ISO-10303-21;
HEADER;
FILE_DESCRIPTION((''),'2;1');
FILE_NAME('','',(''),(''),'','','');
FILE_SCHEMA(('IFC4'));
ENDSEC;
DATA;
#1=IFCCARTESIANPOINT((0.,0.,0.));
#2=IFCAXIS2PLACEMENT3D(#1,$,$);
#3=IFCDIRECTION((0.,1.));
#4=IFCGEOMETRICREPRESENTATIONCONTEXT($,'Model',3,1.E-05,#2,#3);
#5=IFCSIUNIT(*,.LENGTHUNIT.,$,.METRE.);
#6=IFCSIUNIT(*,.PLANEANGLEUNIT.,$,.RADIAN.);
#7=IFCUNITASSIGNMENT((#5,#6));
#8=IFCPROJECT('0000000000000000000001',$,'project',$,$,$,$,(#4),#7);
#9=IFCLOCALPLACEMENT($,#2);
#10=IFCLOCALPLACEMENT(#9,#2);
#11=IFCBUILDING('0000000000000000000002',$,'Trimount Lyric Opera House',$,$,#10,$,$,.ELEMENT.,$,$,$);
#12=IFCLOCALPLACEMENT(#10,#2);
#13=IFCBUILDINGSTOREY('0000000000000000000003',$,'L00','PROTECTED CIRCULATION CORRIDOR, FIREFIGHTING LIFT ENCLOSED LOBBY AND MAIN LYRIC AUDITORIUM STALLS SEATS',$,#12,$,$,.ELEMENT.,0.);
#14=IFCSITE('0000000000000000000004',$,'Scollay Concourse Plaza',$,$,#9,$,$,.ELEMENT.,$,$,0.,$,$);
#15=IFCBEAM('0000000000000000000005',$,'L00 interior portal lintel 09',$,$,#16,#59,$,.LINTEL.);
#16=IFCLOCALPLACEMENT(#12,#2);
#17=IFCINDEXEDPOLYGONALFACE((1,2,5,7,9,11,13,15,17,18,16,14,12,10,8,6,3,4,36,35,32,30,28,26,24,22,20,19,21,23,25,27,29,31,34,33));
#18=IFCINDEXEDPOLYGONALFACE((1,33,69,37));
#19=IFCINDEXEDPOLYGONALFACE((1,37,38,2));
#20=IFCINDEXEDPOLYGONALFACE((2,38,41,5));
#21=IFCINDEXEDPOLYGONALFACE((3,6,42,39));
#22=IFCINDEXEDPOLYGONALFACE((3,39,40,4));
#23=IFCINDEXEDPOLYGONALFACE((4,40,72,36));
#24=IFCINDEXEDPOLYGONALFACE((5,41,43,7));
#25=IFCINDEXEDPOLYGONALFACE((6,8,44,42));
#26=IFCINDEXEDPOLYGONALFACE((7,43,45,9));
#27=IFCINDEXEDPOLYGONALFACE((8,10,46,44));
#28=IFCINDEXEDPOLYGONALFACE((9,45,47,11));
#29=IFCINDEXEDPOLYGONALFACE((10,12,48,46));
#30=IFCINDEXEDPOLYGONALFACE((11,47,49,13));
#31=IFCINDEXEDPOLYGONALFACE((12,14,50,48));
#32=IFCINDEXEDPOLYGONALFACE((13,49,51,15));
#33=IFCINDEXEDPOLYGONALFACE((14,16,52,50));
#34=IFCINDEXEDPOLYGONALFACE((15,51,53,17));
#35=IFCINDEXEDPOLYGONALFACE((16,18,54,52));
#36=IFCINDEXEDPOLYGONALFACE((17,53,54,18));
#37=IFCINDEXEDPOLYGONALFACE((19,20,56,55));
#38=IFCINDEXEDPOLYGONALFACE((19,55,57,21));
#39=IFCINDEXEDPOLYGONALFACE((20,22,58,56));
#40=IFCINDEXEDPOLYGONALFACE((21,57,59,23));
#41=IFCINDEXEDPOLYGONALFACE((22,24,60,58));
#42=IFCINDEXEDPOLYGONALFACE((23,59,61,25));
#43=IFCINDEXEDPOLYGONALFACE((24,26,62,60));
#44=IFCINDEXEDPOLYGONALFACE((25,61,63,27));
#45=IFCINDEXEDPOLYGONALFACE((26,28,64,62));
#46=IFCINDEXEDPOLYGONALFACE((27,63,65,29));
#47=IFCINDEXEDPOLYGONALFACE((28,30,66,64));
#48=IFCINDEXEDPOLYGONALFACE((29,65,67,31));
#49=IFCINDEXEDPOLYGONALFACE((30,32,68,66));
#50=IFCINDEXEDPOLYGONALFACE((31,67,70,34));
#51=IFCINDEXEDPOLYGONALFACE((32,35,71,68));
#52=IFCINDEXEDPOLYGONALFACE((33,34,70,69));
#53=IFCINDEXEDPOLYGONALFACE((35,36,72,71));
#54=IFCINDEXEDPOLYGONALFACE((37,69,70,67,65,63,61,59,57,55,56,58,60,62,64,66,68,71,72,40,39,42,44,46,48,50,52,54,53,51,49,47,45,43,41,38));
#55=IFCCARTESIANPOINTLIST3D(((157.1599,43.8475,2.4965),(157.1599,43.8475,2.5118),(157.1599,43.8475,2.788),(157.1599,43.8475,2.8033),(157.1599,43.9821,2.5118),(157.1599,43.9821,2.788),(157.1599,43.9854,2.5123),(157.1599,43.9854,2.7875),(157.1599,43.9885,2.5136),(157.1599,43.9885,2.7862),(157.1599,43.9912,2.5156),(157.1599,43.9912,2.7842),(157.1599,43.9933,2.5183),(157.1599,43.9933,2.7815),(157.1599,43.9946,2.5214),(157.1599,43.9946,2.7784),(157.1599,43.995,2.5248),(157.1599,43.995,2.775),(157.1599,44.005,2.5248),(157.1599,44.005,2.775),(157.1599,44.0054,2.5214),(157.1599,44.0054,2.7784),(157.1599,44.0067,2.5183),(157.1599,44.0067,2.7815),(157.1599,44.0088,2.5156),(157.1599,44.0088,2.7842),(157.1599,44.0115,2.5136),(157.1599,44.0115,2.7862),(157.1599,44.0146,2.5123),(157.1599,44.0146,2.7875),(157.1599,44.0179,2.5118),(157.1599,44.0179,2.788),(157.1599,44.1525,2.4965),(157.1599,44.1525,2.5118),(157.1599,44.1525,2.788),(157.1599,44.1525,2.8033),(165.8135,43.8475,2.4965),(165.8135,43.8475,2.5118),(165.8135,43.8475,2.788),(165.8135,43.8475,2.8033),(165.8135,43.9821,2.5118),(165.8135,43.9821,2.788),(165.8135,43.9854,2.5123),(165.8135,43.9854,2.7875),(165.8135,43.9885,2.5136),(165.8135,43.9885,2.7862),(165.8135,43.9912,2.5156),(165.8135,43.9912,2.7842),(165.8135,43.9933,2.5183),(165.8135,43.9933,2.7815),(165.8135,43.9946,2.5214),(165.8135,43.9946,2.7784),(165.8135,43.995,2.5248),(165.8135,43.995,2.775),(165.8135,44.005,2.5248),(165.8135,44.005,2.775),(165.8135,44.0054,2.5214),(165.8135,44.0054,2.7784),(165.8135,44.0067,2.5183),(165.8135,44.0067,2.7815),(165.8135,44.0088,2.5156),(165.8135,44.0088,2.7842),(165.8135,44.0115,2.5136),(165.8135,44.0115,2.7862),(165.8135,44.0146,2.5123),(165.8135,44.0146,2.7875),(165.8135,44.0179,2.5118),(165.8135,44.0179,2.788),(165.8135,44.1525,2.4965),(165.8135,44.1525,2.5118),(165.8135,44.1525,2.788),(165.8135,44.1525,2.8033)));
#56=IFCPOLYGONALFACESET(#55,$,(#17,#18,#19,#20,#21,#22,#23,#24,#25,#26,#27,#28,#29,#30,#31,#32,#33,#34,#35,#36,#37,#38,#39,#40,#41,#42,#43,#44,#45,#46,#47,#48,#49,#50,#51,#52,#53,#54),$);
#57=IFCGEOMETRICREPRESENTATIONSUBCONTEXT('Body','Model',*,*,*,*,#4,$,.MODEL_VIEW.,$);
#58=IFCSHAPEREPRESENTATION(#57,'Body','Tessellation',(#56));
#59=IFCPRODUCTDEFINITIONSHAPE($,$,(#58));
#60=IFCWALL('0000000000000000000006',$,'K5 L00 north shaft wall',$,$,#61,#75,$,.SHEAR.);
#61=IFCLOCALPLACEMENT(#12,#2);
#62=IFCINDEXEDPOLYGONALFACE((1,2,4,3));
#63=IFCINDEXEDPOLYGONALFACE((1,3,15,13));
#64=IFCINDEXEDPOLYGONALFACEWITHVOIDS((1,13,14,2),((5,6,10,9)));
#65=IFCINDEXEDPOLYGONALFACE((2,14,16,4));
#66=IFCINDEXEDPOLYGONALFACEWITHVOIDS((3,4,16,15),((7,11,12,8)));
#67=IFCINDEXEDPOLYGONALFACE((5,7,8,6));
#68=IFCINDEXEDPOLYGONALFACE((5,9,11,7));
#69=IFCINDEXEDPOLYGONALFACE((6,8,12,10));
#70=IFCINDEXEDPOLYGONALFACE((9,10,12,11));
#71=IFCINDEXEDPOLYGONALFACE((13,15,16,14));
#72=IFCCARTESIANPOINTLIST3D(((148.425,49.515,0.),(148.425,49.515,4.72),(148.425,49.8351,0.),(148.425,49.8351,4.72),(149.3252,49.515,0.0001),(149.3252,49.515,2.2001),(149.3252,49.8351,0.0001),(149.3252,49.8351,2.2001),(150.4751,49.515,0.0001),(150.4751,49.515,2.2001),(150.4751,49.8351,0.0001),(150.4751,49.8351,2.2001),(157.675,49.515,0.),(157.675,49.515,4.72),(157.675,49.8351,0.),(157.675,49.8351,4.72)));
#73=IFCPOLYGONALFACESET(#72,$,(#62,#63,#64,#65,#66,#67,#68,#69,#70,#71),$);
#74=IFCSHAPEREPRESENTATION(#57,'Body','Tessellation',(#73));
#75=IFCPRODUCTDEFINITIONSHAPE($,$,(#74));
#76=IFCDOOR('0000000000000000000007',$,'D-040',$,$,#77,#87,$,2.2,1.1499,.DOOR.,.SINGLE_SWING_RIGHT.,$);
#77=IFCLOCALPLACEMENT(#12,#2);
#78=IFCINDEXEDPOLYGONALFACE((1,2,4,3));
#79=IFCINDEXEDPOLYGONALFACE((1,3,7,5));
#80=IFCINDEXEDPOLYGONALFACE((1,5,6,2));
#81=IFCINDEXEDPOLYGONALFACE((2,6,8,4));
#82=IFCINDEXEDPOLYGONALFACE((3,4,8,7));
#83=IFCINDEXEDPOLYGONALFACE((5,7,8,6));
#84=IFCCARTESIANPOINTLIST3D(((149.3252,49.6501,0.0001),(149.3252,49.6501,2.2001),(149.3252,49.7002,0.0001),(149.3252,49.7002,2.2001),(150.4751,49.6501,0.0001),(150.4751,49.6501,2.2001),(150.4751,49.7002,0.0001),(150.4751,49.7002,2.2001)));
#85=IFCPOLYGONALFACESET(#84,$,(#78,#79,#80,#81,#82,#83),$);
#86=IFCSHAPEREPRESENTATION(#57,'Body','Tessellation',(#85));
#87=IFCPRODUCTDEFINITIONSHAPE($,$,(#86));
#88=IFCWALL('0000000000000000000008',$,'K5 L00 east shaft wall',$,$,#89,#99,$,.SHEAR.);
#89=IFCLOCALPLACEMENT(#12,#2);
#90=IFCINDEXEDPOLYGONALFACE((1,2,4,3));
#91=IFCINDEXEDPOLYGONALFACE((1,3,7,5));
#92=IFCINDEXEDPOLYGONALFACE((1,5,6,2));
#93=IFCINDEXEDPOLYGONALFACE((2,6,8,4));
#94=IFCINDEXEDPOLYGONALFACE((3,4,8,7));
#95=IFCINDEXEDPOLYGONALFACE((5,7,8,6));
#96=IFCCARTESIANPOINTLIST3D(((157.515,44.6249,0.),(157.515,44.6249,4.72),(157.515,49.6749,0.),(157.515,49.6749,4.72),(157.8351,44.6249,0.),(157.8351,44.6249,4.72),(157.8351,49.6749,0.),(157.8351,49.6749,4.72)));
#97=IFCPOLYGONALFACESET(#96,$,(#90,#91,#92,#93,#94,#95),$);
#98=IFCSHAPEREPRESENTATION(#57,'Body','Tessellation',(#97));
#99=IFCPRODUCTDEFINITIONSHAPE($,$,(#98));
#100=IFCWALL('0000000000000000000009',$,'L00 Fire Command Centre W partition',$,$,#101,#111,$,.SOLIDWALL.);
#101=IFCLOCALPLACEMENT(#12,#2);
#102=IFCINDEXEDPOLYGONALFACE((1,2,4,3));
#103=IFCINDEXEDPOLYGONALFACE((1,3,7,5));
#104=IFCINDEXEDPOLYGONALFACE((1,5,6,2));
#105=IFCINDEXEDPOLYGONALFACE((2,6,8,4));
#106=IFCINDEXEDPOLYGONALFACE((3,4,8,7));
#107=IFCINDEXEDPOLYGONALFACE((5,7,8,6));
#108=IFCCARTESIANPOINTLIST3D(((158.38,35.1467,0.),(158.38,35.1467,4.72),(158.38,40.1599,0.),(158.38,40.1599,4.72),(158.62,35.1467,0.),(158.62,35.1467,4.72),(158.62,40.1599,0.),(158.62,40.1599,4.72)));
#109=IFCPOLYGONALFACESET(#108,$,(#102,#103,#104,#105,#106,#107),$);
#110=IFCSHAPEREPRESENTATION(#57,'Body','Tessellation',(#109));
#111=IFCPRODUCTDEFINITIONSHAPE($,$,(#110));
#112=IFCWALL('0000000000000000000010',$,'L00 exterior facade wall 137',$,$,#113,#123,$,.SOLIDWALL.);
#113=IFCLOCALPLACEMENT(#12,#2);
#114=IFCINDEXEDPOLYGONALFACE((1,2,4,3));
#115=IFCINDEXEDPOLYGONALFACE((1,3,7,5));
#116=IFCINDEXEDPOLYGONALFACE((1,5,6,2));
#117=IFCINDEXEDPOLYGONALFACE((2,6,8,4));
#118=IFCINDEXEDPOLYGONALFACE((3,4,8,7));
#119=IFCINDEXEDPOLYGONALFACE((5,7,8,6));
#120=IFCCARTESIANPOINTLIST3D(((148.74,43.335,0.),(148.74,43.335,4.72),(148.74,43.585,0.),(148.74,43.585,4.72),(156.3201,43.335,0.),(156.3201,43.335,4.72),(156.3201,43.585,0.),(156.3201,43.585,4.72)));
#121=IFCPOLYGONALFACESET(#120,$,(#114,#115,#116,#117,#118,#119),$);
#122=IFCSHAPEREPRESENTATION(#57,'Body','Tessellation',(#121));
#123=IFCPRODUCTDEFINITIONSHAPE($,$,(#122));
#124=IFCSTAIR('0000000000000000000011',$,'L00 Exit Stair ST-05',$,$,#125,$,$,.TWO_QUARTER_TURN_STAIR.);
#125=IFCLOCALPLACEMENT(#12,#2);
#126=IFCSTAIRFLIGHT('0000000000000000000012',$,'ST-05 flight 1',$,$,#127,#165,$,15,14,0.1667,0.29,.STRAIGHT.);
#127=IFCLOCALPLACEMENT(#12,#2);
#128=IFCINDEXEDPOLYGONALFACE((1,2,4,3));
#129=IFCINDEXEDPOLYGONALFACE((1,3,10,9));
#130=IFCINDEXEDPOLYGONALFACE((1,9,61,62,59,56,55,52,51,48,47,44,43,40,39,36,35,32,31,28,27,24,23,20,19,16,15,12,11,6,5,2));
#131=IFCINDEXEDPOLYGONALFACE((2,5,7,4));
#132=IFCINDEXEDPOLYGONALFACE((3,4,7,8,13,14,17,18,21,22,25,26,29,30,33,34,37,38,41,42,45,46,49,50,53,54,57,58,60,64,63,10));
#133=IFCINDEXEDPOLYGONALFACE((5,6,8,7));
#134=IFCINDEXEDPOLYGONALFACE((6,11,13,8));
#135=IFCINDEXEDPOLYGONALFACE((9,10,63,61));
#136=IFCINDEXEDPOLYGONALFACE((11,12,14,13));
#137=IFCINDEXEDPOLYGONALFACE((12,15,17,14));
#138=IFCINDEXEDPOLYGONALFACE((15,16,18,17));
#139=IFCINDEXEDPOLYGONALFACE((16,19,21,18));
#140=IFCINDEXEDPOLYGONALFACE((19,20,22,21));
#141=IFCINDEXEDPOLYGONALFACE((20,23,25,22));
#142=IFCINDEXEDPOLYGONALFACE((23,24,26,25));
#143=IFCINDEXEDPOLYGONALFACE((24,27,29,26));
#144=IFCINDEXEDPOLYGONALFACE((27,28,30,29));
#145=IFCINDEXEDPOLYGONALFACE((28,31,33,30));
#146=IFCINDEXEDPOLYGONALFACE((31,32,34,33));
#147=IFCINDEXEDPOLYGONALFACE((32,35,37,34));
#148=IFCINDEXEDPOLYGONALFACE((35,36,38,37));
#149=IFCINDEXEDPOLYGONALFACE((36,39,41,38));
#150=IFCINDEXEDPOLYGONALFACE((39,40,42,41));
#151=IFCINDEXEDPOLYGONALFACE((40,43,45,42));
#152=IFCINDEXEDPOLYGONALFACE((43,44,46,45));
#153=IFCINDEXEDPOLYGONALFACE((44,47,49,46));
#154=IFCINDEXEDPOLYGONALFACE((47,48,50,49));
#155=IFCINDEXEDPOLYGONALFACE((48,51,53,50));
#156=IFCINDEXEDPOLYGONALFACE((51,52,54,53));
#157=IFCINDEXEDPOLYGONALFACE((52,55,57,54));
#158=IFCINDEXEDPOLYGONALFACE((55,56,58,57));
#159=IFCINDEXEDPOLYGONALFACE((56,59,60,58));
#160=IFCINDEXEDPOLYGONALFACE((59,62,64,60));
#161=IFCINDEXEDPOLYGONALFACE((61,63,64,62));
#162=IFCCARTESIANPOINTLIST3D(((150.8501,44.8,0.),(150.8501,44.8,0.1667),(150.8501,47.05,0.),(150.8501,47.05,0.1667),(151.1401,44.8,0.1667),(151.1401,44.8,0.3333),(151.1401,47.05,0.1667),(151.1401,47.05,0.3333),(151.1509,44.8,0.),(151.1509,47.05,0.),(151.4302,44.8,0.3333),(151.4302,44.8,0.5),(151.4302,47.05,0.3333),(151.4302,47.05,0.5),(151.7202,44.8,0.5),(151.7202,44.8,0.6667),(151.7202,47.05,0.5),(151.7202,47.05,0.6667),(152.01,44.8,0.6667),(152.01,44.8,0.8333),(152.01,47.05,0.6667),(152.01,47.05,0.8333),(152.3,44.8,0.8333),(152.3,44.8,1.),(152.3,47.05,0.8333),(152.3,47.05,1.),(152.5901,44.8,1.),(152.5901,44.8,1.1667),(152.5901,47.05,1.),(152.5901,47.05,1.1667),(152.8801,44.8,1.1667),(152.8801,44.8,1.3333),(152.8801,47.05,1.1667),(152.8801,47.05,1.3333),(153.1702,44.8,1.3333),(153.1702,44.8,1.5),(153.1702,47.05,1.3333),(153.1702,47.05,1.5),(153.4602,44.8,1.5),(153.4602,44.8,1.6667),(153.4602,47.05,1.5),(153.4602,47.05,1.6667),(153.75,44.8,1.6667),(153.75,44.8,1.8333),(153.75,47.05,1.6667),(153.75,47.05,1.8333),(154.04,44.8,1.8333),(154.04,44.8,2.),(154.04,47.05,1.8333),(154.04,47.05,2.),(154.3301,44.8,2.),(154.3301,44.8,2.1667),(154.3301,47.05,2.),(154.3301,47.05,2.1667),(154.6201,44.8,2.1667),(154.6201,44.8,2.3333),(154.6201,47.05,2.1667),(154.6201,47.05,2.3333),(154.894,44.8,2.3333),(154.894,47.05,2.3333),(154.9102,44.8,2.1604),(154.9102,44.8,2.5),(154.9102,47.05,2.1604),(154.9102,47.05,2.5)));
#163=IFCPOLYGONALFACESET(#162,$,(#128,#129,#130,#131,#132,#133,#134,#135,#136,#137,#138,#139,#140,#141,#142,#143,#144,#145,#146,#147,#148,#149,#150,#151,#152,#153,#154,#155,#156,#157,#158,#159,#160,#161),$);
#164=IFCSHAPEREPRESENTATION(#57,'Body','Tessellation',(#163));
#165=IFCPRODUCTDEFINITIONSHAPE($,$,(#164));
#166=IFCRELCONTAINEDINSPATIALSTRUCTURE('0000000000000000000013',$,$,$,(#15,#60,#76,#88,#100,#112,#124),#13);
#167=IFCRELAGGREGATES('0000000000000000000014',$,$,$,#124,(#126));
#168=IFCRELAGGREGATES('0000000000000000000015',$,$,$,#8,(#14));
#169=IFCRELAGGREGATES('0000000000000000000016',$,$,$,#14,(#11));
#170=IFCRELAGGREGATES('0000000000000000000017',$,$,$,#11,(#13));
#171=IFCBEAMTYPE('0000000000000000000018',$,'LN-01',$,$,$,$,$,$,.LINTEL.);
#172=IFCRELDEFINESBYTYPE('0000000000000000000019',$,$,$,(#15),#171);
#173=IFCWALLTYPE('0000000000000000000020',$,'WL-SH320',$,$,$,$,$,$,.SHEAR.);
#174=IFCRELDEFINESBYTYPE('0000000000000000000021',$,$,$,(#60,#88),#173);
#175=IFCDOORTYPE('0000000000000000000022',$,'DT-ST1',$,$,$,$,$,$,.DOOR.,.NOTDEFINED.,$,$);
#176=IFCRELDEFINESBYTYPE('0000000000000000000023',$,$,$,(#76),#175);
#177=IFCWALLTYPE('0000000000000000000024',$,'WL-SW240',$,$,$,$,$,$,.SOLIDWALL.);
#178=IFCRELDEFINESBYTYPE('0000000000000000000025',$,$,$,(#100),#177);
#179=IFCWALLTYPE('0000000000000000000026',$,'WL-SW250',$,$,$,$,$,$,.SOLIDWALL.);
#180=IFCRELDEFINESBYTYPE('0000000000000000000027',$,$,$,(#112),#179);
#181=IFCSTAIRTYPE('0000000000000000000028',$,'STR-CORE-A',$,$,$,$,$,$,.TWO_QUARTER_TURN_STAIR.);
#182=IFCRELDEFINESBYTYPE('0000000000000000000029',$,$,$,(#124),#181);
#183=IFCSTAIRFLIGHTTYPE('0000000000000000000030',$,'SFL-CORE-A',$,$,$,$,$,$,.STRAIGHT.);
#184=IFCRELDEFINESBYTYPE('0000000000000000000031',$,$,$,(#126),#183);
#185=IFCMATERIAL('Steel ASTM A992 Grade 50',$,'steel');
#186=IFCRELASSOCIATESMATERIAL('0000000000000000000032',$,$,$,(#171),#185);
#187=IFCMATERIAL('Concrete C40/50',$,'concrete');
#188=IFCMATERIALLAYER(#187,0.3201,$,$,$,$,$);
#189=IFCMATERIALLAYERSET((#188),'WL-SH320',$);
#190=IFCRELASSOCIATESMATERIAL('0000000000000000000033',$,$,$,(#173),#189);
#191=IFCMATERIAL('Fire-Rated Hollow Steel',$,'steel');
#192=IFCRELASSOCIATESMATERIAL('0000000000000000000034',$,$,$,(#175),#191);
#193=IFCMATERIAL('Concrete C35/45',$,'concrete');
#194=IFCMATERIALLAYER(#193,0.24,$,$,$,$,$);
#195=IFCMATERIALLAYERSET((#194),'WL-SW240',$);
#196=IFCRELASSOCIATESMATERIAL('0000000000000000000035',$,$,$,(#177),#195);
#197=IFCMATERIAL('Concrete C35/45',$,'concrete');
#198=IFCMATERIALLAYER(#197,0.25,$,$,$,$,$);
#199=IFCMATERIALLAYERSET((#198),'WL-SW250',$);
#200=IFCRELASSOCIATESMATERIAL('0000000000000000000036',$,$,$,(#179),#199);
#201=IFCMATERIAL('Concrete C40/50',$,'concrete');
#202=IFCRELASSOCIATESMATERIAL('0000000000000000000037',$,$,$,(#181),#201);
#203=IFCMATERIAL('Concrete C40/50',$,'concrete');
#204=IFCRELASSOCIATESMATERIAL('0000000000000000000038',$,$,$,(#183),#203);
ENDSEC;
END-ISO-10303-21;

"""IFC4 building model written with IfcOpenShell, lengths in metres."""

from ifc_helpers import new_model, si_unit, direction, frame, frame_2d, origin, origin_2d, place, context, subcontext, project, spatial, polyline, rectangle, i_section, outline, extrude, material, layer, layer_set, material_profile, profile_set, type_object, element, fill, aggregate, save


model = new_model("IFC4")

# Units and contexts
model_context = context("Model", 3, precision=1e-05, world=origin(), true_north=direction((0.0, 1.0)))
body_context = subcontext(model_context, "Body", "Model", "MODEL_VIEW")
ifc_project = project(units=[si_unit("LENGTHUNIT", "METRE"), si_unit("PLANEANGLEUNIT", "RADIAN")], contexts=[model_context])

# Site, building, storey
site_placement = place(None, origin())
site = spatial("IfcSite", under=ifc_project, at=site_placement, Name="Scollay Concourse Plaza", CompositionType="ELEMENT", RefElevation=0.0)
building_placement = place(site_placement, origin())
building = spatial("IfcBuilding", under=site, at=building_placement, Name="Trimount Lyric Opera House", CompositionType="ELEMENT")
storey_placement = place(building_placement, origin())
storey = spatial("IfcBuildingStorey", under=building, at=storey_placement, Name="L00", Description="PROTECTED CIRCULATION CORRIDOR, FIREFIGHTING LIFT ENCLOSED LOBBY AND MAIN LYRIC AUDITORIUM STALLS SEATS", CompositionType="ELEMENT", Elevation=0.0)

# Beam
ifc_material_1 = material(Name="Steel ASTM A992 Grade 50", Category="steel")
ifc_material_profile_1 = material_profile(ifc_material_1, i_section(OverallWidth=0.3049, OverallDepth=0.3069, WebThickness=0.01, FlangeThickness=0.0154, FilletRadius=0.0129, at=origin_2d()), Name="W12X65")
ifc_profile_set_1 = profile_set([ifc_material_profile_1], Name="Steel ASTM A992 Grade 50")
beam_type_1 = type_object("IfcBeamType", Name="LN-01", PredefinedType="LINTEL", material=ifc_profile_set_1)
beam_1_placement = place(storey_placement, frame((157.1599, 44.0, 2.6499), z_axis=(1.0, 0.0, 0.0), x_axis=(0.0, 1.0, 0.0)))
element("IfcBeam", 1, at=beam_1_placement, inside=storey, type_object=beam_type_1, Name="L00 interior portal lintel 09", PredefinedType="LINTEL", context=body_context, shape_type="SweptSolid", body=[
    extrude(i_section(OverallWidth=0.3049, OverallDepth=0.3069, WebThickness=0.01, FlangeThickness=0.0154, FilletRadius=0.0129, at=origin_2d()), origin(), (0.0, 0.0, 1.0), 8.6536),
])

# Wall, opening, door
ifc_material_2 = material(Name="Concrete C40/50", Category="concrete")
ifc_layer_1 = layer(ifc_material_2, 0.3201)
ifc_layer_set_1 = layer_set([ifc_layer_1], Name="WL-SH320")
wall_type_1 = type_object("IfcWallType", Name="WL-SH320", PredefinedType="SHEAR", material=ifc_layer_set_1)
wall_1_placement = place(storey_placement, frame((157.675, 49.675, 0.0), z_axis=(0.0, 0.0, 1.0), x_axis=(-1.0, 0.0, 0.0)))
wall_1 = element("IfcWall", 2, at=wall_1_placement, inside=storey, type_object=wall_type_1, Name="K5 L00 north shaft wall", PredefinedType="SHEAR", context=body_context, shape_type="SweptSolid", body=[
    extrude(rectangle(XDim=9.25, YDim=0.3201, at=frame_2d((4.625, 0.0))), origin(), (0.0, 0.0, 1.0), 4.72),
])
opening_placement = place(wall_1_placement, frame((7.2, 0.0, 0.0)))
opening = element("IfcOpeningElement", 3, at=opening_placement, cuts=wall_1, PredefinedType="OPENING", context=body_context, shape_type="SweptSolid", body=[
    extrude(rectangle(XDim=1.1499, YDim=2.2, at=frame_2d((0.575, 1.1001))), frame((0.0, 0.1699, 0.0), z_axis=(0.0, -1.0, 0.0), x_axis=(1.0, 0.0, 0.0)), (0.0, 0.0, 1.0), 0.3401),
])
ifc_material_3 = material(Name="Fire-Rated Hollow Steel", Category="steel")
door_type = type_object("IfcDoorType", Name="DT-ST1", OperationType="NOTDEFINED", PredefinedType="DOOR", material=ifc_material_3)
door_placement = place(opening_placement, origin())
door = element("IfcDoor", 4, at=door_placement, inside=storey, type_object=door_type, Name="D-040", OperationType="SINGLE_SWING_RIGHT", OverallHeight=2.2, OverallWidth=1.1499, PredefinedType="DOOR", context=body_context, shape_type="SweptSolid", body=[
    extrude(rectangle(XDim=1.1499, YDim=2.2, at=frame_2d((0.575, 1.1001))), frame((0.0, 0.0249, 0.0), z_axis=(0.0, -1.0, 0.0), x_axis=(1.0, 0.0, 0.0)), (0.0, 0.0, 1.0), 0.05),
])
fill(opening, door)

# Walls
wall_2_placement = place(storey_placement, frame((157.675, 44.625, 0.0), z_axis=(0.0, 0.0, 1.0), x_axis=(0.0, 1.0, 0.0)))
element("IfcWall", 5, at=wall_2_placement, inside=storey, type_object=wall_type_1, Name="K5 L00 east shaft wall", PredefinedType="SHEAR", context=body_context, shape_type="SweptSolid", body=[
    extrude(rectangle(XDim=5.05, YDim=0.3201, at=frame_2d((2.5249, 0.0))), origin(), (0.0, 0.0, 1.0), 4.72),
])
ifc_material_4 = material(Name="Concrete C35/45", Category="concrete")
ifc_layer_2 = layer(ifc_material_4, 0.24)
ifc_layer_set_2 = layer_set([ifc_layer_2], Name="WL-SW240")
wall_type_2 = type_object("IfcWallType", Name="WL-SW240", PredefinedType="SOLIDWALL", material=ifc_layer_set_2)
wall_3_placement = place(storey_placement, frame((158.5, 40.1599, 0.0), z_axis=(0.0, 0.0, 1.0), x_axis=(0.0, -1.0, 0.0)))
element("IfcWall", 6, at=wall_3_placement, inside=storey, type_object=wall_type_2, Name="L00 Fire Command Centre W partition", PredefinedType="SOLIDWALL", context=body_context, shape_type="SweptSolid", body=[
    extrude(rectangle(XDim=5.0132, YDim=0.24, at=frame_2d((2.5066, 0.0))), origin(), (0.0, 0.0, 1.0), 4.72),
])
ifc_material_5 = material(Name="Concrete C35/45", Category="concrete")
ifc_layer_3 = layer(ifc_material_5, 0.25)
ifc_layer_set_3 = layer_set([ifc_layer_3], Name="WL-SW250")
wall_type_3 = type_object("IfcWallType", Name="WL-SW250", PredefinedType="SOLIDWALL", material=ifc_layer_set_3)
wall_4_placement = place(storey_placement, frame((156.3201, 43.46, 0.0), z_axis=(0.0, 0.0, 1.0), x_axis=(-1.0, 0.0, 0.0)))
element("IfcWall", 7, at=wall_4_placement, inside=storey, type_object=wall_type_3, Name="L00 exterior facade wall 137", PredefinedType="SOLIDWALL", context=body_context, shape_type="SweptSolid", body=[
    extrude(rectangle(XDim=7.5801, YDim=0.25, at=frame_2d((3.79, 0.0))), origin(), (0.0, 0.0, 1.0), 4.72),
])

# Stair, stair flight
ifc_material_6 = material(Name="Concrete C40/50", Category="concrete")
stair_type = type_object("IfcStairType", Name="STR-CORE-A", PredefinedType="TWO_QUARTER_TURN_STAIR", material=ifc_material_6)
stair_placement = place(storey_placement, origin())
stair = element("IfcStair", 8, at=stair_placement, inside=storey, type_object=stair_type, Name="L00 Exit Stair ST-05", PredefinedType="TWO_QUARTER_TURN_STAIR")
ifc_material_7 = material(Name="Concrete C40/50", Category="concrete")
stair_flight_type = type_object("IfcStairFlightType", Name="SFL-CORE-A", PredefinedType="STRAIGHT", material=ifc_material_7)
stair_flight_1_placement = place(storey_placement, frame((150.8501, 45.925, 0.0), z_axis=(0.0, 0.0, 1.0), x_axis=(1.0, 0.0, 0.0)))
stair_flight_1 = element("IfcStairFlight", 9, at=stair_flight_1_placement, type_object=stair_flight_type, Name="ST-05 flight 1", NumberOfRisers=15, NumberOfTreads=14, PredefinedType="STRAIGHT", RiserHeight=0.1667, TreadLength=0.29, context=body_context, shape_type="SweptSolid", body=[
    extrude(outline(polyline([(0.0, 0.0), (0.0, 0.1667), (0.29, 0.1667), (0.29, 0.3333), (0.5801, 0.3333), (0.5801, 0.5), (0.8701, 0.5), (0.8701, 0.6667), (1.1599, 0.6667), (1.1599, 0.8333), (1.45, 0.8333), (1.45, 1.0), (1.74, 1.0), (1.74, 1.1667), (2.03, 1.1667), (2.03, 1.3333), (2.3201, 1.3333), (2.3201, 1.5), (2.6101, 1.5), (2.6101, 1.6667), (2.8999, 1.6667), (2.8999, 1.8333), (3.1899, 1.8333), (3.1899, 2.0), (3.48, 2.0), (3.48, 2.1667), (3.77, 2.1667), (3.77, 2.3333), (4.0439, 2.3333), (4.0601, 2.5), (4.0601, 2.1604), (0.3008, 0.0), (0.0, 0.0)])), frame((0.0, 1.125, 0.0), z_axis=(0.0, -1.0, 0.0), x_axis=(1.0, 0.0, 0.0)), (0.0, 0.0, 1.0), 2.25),
])
aggregate(stair, [stair_flight_1])

save(model, "model.ifc")
